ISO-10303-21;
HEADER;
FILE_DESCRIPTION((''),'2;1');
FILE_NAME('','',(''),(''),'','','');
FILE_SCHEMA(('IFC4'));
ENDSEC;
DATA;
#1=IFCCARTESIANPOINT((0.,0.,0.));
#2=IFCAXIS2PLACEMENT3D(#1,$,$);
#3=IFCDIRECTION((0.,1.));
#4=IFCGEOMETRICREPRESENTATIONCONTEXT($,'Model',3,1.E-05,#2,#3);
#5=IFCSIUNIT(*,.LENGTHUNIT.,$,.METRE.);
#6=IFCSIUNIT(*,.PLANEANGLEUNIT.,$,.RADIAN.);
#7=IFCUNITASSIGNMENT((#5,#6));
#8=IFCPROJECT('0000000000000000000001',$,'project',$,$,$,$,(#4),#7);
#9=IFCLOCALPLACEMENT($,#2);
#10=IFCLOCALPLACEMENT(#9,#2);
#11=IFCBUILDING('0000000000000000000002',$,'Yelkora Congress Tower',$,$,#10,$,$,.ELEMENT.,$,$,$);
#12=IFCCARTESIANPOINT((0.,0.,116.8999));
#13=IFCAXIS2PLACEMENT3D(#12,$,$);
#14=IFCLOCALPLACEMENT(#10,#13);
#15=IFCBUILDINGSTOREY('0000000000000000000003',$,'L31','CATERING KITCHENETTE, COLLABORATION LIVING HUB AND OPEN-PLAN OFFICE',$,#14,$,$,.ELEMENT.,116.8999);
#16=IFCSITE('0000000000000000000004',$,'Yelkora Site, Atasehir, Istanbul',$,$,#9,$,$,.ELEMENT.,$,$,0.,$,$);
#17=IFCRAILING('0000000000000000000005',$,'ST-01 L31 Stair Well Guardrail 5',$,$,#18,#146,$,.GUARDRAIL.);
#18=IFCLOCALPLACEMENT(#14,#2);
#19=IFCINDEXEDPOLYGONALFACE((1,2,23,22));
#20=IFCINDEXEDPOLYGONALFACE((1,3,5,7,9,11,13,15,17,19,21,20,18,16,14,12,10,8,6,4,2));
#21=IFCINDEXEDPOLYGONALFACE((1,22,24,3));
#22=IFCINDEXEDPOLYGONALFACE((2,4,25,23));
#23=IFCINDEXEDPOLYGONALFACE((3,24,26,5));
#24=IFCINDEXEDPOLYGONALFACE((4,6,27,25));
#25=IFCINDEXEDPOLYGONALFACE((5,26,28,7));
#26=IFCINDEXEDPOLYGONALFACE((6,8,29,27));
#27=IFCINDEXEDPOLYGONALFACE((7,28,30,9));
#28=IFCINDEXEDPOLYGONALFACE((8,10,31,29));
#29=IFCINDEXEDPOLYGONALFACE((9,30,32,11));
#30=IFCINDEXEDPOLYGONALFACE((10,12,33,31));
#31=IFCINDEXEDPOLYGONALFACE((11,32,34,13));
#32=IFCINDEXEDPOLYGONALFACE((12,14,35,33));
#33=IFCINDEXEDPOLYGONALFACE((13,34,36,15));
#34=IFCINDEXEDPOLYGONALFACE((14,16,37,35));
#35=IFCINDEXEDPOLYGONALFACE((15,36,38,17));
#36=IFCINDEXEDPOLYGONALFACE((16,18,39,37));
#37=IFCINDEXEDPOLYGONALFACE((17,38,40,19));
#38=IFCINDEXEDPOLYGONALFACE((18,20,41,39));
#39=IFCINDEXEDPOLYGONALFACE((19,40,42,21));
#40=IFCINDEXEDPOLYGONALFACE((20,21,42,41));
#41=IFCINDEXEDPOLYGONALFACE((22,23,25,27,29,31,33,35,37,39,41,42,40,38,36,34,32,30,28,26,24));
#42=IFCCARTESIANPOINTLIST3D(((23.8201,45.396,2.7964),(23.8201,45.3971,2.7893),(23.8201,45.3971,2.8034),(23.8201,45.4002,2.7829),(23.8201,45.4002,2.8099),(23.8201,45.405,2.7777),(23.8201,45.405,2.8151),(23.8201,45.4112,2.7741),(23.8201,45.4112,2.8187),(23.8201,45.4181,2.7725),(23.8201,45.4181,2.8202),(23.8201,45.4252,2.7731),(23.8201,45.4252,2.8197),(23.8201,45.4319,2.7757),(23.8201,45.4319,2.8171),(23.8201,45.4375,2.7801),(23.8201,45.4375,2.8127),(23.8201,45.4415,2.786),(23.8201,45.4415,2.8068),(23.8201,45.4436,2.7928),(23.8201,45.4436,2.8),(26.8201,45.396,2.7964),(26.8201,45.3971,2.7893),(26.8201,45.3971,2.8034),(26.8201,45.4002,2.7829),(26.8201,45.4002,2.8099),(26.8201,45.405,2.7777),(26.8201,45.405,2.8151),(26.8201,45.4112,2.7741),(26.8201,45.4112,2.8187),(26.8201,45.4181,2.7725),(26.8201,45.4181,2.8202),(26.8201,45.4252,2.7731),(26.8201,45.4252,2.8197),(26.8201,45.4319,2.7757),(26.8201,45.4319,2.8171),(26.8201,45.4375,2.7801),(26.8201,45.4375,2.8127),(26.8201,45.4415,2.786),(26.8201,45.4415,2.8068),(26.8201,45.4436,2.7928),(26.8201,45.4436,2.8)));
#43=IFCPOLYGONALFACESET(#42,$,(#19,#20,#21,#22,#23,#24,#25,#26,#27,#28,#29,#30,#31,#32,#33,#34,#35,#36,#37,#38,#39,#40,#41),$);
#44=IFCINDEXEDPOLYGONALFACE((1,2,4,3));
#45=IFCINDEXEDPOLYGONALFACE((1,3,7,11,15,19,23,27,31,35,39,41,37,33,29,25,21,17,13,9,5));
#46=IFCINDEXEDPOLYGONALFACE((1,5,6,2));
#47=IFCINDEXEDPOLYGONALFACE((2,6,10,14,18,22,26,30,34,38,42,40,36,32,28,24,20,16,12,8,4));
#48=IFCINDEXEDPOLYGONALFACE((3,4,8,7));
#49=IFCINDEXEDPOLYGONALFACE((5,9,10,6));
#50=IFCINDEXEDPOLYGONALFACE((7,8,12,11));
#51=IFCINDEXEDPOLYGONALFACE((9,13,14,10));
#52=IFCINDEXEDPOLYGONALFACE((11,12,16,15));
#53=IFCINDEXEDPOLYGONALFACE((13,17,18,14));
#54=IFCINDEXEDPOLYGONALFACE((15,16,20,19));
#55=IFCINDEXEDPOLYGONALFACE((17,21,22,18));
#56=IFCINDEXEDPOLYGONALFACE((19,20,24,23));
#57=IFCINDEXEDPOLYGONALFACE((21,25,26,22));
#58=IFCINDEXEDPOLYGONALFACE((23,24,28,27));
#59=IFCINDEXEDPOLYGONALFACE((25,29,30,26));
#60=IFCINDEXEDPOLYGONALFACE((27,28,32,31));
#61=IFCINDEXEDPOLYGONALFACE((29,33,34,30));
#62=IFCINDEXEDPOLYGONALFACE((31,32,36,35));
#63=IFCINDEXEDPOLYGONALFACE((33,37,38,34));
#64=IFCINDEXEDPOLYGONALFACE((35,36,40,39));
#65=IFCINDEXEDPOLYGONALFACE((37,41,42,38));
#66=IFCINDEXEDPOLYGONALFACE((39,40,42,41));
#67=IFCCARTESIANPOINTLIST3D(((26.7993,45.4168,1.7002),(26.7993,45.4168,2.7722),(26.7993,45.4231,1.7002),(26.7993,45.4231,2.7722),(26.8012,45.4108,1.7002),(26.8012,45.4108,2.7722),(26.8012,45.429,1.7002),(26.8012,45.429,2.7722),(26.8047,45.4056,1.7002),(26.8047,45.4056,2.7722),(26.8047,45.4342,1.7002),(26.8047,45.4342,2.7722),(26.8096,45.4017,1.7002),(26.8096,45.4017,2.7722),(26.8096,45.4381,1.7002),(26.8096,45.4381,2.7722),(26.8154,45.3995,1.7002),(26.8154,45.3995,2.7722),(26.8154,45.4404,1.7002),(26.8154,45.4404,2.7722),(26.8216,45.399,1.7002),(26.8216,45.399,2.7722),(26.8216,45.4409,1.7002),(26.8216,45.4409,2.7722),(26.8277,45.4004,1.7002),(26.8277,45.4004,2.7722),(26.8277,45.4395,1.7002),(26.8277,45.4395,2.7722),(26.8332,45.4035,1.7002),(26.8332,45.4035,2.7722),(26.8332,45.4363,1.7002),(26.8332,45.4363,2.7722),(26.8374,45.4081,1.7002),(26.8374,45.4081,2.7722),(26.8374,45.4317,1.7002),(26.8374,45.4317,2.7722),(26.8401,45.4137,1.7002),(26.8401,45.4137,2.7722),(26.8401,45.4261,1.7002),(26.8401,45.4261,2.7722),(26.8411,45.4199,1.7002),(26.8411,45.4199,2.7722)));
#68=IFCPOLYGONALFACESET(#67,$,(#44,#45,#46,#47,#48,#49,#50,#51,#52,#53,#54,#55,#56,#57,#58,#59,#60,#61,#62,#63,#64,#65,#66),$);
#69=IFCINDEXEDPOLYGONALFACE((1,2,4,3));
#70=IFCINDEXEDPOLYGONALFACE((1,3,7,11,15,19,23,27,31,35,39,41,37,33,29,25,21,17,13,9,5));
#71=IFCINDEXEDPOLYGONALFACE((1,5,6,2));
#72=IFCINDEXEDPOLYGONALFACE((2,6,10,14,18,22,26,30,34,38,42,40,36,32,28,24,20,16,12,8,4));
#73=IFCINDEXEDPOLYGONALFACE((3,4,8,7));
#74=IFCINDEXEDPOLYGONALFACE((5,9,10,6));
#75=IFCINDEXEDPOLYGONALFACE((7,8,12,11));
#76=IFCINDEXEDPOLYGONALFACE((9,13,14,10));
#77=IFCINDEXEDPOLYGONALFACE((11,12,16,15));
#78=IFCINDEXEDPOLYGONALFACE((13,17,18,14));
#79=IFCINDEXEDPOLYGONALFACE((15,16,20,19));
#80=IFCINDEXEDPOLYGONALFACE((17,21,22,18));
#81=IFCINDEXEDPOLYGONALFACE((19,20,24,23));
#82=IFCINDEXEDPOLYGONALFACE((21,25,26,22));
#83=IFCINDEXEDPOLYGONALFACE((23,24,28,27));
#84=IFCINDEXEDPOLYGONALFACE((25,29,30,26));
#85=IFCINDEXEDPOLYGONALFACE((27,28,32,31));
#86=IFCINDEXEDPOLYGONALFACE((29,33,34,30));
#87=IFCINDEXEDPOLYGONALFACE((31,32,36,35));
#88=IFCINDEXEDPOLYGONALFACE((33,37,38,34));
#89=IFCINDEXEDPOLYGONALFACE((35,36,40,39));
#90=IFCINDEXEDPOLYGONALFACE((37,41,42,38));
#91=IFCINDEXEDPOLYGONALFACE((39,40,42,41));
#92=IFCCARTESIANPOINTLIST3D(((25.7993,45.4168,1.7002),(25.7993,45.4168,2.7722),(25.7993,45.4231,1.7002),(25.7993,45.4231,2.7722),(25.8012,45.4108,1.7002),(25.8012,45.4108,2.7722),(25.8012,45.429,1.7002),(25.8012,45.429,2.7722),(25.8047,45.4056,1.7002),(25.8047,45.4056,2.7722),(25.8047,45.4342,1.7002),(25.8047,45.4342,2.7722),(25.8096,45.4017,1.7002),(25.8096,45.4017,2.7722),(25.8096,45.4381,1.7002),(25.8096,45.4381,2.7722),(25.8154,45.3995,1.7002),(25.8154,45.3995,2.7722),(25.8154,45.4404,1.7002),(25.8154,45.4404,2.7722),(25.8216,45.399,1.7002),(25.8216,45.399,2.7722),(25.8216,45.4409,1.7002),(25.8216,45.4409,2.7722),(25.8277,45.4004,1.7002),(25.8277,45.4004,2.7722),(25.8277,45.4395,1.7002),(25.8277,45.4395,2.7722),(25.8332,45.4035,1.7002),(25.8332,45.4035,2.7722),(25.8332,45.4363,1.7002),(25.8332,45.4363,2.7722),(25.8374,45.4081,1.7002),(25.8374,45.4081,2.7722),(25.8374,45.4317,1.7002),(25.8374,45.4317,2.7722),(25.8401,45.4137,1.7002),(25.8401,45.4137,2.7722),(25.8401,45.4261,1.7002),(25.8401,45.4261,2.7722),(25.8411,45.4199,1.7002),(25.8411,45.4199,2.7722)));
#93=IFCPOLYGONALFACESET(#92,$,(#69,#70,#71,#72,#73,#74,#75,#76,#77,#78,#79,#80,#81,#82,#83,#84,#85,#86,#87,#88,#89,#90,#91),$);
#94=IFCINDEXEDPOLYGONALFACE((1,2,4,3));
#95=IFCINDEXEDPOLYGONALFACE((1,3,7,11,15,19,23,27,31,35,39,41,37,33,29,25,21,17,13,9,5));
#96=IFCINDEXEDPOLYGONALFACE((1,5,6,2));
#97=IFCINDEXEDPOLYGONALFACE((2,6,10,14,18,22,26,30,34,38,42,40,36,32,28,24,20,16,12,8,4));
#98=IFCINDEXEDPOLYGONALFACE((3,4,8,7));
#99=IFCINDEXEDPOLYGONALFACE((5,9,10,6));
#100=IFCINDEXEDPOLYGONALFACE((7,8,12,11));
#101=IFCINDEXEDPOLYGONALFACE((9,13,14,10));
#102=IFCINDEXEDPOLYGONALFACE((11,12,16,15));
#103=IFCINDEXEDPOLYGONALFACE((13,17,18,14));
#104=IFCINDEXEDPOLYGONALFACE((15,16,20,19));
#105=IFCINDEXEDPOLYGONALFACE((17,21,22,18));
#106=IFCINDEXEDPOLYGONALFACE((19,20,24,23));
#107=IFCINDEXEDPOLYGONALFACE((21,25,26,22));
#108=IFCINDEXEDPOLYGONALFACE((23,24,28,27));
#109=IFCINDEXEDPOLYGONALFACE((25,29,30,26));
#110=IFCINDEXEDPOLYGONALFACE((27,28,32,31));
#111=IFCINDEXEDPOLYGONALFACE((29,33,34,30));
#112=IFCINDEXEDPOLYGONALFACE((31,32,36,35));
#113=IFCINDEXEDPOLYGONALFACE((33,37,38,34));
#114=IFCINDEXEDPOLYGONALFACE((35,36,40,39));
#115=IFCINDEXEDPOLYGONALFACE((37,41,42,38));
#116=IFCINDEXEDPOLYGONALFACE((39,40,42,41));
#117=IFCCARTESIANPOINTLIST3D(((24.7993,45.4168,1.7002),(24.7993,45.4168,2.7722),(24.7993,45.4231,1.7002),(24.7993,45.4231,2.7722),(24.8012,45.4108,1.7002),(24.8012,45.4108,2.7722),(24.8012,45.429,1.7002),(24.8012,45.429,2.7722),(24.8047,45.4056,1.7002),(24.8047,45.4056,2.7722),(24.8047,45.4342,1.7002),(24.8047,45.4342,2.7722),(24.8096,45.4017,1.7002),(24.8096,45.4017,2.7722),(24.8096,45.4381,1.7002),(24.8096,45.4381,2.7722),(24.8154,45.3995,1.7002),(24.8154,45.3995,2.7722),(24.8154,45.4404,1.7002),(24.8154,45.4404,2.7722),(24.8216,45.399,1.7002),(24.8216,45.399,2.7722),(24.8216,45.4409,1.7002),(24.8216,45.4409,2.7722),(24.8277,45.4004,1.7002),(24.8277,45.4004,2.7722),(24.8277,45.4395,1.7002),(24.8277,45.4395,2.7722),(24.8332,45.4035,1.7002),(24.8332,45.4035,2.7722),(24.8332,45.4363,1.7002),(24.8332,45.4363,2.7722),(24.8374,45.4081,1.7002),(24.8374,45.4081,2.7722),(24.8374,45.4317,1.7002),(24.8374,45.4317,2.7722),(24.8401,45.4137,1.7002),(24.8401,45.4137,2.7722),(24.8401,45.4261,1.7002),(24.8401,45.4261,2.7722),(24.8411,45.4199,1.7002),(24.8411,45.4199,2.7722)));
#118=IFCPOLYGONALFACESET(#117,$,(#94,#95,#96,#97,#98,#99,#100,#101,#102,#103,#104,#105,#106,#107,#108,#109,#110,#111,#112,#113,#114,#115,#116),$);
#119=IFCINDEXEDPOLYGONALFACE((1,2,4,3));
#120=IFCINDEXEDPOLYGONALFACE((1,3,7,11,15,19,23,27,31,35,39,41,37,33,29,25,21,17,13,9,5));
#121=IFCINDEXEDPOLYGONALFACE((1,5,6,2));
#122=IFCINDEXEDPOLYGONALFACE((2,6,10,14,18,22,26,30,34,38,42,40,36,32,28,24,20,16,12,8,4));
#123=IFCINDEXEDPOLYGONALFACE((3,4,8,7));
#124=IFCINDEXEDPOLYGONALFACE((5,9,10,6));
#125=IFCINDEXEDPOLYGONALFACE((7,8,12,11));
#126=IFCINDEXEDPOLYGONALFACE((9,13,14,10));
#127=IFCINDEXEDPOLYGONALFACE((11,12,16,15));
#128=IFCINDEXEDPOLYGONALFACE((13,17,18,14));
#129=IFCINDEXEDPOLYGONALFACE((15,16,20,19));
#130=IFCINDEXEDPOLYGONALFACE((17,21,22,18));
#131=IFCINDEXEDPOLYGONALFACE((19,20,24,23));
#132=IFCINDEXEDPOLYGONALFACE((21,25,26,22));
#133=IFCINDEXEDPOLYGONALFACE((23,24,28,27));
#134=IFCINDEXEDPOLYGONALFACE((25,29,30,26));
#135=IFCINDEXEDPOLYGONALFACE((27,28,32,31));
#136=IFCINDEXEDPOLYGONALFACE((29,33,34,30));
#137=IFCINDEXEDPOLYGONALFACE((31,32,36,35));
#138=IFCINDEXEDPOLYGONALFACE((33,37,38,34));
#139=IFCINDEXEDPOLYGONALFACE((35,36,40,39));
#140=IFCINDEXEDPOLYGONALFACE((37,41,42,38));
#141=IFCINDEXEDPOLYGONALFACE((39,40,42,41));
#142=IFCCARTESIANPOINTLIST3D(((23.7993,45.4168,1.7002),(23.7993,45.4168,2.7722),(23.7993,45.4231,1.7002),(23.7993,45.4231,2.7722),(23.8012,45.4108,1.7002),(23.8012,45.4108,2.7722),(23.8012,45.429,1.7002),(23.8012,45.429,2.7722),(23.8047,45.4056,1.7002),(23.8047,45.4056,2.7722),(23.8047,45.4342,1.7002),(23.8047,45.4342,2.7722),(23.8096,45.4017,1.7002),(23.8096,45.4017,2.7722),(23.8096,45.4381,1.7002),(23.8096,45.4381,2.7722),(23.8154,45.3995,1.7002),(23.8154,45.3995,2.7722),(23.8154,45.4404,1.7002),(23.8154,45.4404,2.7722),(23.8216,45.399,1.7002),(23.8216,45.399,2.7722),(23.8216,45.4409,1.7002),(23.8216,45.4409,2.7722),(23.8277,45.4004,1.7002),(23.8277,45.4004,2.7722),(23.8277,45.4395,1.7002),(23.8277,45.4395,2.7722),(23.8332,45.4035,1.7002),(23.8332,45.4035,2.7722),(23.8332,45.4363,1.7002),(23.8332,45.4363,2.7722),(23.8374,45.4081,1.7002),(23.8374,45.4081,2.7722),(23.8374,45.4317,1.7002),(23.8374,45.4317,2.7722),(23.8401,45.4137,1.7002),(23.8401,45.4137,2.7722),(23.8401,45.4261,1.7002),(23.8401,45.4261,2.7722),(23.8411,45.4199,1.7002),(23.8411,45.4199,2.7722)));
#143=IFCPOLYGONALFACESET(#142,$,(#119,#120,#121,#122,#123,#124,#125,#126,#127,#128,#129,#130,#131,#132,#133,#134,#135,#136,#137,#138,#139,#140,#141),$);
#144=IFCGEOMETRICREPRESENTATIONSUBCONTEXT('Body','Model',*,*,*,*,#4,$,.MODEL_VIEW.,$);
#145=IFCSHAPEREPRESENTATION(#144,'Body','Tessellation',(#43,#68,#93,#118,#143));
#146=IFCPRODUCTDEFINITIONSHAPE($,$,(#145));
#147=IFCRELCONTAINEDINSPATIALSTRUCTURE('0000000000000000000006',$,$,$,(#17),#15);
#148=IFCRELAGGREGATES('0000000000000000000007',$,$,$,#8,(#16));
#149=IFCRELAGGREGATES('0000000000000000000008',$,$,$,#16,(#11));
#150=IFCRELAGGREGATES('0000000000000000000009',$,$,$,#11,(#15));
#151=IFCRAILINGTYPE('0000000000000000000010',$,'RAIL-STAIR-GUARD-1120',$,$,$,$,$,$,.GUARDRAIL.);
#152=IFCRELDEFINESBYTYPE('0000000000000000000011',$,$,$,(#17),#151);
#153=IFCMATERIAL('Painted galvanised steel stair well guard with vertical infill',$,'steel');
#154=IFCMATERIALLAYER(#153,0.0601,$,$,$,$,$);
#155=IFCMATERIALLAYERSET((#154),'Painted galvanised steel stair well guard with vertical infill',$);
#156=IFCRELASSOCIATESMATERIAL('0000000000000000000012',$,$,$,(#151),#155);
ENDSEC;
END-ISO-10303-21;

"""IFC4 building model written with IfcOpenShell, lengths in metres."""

from ifc_helpers import new_model, si_unit, direction, frame, origin, origin_2d, place, context, subcontext, project, spatial, circle, extrude, material, layer, layer_set, type_object, element, save


model = new_model("IFC4")

# Units and contexts
model_context = context("Model", 3, precision=1e-05, world=origin(), true_north=direction((0.0, 1.0)))
body_context = subcontext(model_context, "Body", "Model", "MODEL_VIEW")
ifc_project = project(units=[si_unit("LENGTHUNIT", "METRE"), si_unit("PLANEANGLEUNIT", "RADIAN")], contexts=[model_context])

# Site, building, storey
site_placement = place(None, origin())
site = spatial("IfcSite", under=ifc_project, at=site_placement, Name="Yelkora Site, Atasehir, Istanbul", CompositionType="ELEMENT", RefElevation=0.0)
building_placement = place(site_placement, origin())
building = spatial("IfcBuilding", under=site, at=building_placement, Name="Yelkora Congress Tower", CompositionType="ELEMENT")
storey_placement = place(building_placement, frame((0.0, 0.0, 116.8999)))
storey = spatial("IfcBuildingStorey", under=building, at=storey_placement, Name="L31", Description="CATERING KITCHENETTE, COLLABORATION LIVING HUB AND OPEN-PLAN OFFICE", CompositionType="ELEMENT", Elevation=116.8999)

# Railing
ifc_material_1 = material(Name="Painted galvanised steel stair well guard with vertical infill", Category="steel")
ifc_layer_1 = layer(ifc_material_1, 0.0601)
ifc_layer_set_1 = layer_set([ifc_layer_1], Name="Painted galvanised steel stair well guard with vertical infill")
railing_type_1 = type_object("IfcRailingType", Name="RAIL-STAIR-GUARD-1120", PredefinedType="GUARDRAIL", material=ifc_layer_set_1)
railing_1_placement = place(storey_placement, frame((26.8201, 45.4199, 1.7002)))
element("IfcRailing", 1, at=railing_1_placement, inside=storey, type_object=railing_type_1, Name="ST-01 L31 Stair Well Guardrail 5", PredefinedType="GUARDRAIL", context=body_context, shape_type="SweptSolid", body=[
    extrude(circle(Radius=0.0239, at=origin_2d()), frame((0.0, 0.0, 1.0962), z_axis=(-1.0, 0.0, 0.0), x_axis=(0.0, -1.0, 0.0)), (0.0, 0.0, 1.0), 3.0),
    extrude(circle(Radius=0.021, at=origin_2d()), origin(), (0.0, 0.0, 1.0), 1.072),
    extrude(circle(Radius=0.021, at=origin_2d()), frame((-1.0, 0.0, 0.0)), (0.0, 0.0, 1.0), 1.072),
    extrude(circle(Radius=0.021, at=origin_2d()), frame((-2.0, 0.0, 0.0)), (0.0, 0.0, 1.0), 1.072),
    extrude(circle(Radius=0.021, at=origin_2d()), frame((-3.0, 0.0, 0.0)), (0.0, 0.0, 1.0), 1.072),
])

save(model, "model.ifc")
